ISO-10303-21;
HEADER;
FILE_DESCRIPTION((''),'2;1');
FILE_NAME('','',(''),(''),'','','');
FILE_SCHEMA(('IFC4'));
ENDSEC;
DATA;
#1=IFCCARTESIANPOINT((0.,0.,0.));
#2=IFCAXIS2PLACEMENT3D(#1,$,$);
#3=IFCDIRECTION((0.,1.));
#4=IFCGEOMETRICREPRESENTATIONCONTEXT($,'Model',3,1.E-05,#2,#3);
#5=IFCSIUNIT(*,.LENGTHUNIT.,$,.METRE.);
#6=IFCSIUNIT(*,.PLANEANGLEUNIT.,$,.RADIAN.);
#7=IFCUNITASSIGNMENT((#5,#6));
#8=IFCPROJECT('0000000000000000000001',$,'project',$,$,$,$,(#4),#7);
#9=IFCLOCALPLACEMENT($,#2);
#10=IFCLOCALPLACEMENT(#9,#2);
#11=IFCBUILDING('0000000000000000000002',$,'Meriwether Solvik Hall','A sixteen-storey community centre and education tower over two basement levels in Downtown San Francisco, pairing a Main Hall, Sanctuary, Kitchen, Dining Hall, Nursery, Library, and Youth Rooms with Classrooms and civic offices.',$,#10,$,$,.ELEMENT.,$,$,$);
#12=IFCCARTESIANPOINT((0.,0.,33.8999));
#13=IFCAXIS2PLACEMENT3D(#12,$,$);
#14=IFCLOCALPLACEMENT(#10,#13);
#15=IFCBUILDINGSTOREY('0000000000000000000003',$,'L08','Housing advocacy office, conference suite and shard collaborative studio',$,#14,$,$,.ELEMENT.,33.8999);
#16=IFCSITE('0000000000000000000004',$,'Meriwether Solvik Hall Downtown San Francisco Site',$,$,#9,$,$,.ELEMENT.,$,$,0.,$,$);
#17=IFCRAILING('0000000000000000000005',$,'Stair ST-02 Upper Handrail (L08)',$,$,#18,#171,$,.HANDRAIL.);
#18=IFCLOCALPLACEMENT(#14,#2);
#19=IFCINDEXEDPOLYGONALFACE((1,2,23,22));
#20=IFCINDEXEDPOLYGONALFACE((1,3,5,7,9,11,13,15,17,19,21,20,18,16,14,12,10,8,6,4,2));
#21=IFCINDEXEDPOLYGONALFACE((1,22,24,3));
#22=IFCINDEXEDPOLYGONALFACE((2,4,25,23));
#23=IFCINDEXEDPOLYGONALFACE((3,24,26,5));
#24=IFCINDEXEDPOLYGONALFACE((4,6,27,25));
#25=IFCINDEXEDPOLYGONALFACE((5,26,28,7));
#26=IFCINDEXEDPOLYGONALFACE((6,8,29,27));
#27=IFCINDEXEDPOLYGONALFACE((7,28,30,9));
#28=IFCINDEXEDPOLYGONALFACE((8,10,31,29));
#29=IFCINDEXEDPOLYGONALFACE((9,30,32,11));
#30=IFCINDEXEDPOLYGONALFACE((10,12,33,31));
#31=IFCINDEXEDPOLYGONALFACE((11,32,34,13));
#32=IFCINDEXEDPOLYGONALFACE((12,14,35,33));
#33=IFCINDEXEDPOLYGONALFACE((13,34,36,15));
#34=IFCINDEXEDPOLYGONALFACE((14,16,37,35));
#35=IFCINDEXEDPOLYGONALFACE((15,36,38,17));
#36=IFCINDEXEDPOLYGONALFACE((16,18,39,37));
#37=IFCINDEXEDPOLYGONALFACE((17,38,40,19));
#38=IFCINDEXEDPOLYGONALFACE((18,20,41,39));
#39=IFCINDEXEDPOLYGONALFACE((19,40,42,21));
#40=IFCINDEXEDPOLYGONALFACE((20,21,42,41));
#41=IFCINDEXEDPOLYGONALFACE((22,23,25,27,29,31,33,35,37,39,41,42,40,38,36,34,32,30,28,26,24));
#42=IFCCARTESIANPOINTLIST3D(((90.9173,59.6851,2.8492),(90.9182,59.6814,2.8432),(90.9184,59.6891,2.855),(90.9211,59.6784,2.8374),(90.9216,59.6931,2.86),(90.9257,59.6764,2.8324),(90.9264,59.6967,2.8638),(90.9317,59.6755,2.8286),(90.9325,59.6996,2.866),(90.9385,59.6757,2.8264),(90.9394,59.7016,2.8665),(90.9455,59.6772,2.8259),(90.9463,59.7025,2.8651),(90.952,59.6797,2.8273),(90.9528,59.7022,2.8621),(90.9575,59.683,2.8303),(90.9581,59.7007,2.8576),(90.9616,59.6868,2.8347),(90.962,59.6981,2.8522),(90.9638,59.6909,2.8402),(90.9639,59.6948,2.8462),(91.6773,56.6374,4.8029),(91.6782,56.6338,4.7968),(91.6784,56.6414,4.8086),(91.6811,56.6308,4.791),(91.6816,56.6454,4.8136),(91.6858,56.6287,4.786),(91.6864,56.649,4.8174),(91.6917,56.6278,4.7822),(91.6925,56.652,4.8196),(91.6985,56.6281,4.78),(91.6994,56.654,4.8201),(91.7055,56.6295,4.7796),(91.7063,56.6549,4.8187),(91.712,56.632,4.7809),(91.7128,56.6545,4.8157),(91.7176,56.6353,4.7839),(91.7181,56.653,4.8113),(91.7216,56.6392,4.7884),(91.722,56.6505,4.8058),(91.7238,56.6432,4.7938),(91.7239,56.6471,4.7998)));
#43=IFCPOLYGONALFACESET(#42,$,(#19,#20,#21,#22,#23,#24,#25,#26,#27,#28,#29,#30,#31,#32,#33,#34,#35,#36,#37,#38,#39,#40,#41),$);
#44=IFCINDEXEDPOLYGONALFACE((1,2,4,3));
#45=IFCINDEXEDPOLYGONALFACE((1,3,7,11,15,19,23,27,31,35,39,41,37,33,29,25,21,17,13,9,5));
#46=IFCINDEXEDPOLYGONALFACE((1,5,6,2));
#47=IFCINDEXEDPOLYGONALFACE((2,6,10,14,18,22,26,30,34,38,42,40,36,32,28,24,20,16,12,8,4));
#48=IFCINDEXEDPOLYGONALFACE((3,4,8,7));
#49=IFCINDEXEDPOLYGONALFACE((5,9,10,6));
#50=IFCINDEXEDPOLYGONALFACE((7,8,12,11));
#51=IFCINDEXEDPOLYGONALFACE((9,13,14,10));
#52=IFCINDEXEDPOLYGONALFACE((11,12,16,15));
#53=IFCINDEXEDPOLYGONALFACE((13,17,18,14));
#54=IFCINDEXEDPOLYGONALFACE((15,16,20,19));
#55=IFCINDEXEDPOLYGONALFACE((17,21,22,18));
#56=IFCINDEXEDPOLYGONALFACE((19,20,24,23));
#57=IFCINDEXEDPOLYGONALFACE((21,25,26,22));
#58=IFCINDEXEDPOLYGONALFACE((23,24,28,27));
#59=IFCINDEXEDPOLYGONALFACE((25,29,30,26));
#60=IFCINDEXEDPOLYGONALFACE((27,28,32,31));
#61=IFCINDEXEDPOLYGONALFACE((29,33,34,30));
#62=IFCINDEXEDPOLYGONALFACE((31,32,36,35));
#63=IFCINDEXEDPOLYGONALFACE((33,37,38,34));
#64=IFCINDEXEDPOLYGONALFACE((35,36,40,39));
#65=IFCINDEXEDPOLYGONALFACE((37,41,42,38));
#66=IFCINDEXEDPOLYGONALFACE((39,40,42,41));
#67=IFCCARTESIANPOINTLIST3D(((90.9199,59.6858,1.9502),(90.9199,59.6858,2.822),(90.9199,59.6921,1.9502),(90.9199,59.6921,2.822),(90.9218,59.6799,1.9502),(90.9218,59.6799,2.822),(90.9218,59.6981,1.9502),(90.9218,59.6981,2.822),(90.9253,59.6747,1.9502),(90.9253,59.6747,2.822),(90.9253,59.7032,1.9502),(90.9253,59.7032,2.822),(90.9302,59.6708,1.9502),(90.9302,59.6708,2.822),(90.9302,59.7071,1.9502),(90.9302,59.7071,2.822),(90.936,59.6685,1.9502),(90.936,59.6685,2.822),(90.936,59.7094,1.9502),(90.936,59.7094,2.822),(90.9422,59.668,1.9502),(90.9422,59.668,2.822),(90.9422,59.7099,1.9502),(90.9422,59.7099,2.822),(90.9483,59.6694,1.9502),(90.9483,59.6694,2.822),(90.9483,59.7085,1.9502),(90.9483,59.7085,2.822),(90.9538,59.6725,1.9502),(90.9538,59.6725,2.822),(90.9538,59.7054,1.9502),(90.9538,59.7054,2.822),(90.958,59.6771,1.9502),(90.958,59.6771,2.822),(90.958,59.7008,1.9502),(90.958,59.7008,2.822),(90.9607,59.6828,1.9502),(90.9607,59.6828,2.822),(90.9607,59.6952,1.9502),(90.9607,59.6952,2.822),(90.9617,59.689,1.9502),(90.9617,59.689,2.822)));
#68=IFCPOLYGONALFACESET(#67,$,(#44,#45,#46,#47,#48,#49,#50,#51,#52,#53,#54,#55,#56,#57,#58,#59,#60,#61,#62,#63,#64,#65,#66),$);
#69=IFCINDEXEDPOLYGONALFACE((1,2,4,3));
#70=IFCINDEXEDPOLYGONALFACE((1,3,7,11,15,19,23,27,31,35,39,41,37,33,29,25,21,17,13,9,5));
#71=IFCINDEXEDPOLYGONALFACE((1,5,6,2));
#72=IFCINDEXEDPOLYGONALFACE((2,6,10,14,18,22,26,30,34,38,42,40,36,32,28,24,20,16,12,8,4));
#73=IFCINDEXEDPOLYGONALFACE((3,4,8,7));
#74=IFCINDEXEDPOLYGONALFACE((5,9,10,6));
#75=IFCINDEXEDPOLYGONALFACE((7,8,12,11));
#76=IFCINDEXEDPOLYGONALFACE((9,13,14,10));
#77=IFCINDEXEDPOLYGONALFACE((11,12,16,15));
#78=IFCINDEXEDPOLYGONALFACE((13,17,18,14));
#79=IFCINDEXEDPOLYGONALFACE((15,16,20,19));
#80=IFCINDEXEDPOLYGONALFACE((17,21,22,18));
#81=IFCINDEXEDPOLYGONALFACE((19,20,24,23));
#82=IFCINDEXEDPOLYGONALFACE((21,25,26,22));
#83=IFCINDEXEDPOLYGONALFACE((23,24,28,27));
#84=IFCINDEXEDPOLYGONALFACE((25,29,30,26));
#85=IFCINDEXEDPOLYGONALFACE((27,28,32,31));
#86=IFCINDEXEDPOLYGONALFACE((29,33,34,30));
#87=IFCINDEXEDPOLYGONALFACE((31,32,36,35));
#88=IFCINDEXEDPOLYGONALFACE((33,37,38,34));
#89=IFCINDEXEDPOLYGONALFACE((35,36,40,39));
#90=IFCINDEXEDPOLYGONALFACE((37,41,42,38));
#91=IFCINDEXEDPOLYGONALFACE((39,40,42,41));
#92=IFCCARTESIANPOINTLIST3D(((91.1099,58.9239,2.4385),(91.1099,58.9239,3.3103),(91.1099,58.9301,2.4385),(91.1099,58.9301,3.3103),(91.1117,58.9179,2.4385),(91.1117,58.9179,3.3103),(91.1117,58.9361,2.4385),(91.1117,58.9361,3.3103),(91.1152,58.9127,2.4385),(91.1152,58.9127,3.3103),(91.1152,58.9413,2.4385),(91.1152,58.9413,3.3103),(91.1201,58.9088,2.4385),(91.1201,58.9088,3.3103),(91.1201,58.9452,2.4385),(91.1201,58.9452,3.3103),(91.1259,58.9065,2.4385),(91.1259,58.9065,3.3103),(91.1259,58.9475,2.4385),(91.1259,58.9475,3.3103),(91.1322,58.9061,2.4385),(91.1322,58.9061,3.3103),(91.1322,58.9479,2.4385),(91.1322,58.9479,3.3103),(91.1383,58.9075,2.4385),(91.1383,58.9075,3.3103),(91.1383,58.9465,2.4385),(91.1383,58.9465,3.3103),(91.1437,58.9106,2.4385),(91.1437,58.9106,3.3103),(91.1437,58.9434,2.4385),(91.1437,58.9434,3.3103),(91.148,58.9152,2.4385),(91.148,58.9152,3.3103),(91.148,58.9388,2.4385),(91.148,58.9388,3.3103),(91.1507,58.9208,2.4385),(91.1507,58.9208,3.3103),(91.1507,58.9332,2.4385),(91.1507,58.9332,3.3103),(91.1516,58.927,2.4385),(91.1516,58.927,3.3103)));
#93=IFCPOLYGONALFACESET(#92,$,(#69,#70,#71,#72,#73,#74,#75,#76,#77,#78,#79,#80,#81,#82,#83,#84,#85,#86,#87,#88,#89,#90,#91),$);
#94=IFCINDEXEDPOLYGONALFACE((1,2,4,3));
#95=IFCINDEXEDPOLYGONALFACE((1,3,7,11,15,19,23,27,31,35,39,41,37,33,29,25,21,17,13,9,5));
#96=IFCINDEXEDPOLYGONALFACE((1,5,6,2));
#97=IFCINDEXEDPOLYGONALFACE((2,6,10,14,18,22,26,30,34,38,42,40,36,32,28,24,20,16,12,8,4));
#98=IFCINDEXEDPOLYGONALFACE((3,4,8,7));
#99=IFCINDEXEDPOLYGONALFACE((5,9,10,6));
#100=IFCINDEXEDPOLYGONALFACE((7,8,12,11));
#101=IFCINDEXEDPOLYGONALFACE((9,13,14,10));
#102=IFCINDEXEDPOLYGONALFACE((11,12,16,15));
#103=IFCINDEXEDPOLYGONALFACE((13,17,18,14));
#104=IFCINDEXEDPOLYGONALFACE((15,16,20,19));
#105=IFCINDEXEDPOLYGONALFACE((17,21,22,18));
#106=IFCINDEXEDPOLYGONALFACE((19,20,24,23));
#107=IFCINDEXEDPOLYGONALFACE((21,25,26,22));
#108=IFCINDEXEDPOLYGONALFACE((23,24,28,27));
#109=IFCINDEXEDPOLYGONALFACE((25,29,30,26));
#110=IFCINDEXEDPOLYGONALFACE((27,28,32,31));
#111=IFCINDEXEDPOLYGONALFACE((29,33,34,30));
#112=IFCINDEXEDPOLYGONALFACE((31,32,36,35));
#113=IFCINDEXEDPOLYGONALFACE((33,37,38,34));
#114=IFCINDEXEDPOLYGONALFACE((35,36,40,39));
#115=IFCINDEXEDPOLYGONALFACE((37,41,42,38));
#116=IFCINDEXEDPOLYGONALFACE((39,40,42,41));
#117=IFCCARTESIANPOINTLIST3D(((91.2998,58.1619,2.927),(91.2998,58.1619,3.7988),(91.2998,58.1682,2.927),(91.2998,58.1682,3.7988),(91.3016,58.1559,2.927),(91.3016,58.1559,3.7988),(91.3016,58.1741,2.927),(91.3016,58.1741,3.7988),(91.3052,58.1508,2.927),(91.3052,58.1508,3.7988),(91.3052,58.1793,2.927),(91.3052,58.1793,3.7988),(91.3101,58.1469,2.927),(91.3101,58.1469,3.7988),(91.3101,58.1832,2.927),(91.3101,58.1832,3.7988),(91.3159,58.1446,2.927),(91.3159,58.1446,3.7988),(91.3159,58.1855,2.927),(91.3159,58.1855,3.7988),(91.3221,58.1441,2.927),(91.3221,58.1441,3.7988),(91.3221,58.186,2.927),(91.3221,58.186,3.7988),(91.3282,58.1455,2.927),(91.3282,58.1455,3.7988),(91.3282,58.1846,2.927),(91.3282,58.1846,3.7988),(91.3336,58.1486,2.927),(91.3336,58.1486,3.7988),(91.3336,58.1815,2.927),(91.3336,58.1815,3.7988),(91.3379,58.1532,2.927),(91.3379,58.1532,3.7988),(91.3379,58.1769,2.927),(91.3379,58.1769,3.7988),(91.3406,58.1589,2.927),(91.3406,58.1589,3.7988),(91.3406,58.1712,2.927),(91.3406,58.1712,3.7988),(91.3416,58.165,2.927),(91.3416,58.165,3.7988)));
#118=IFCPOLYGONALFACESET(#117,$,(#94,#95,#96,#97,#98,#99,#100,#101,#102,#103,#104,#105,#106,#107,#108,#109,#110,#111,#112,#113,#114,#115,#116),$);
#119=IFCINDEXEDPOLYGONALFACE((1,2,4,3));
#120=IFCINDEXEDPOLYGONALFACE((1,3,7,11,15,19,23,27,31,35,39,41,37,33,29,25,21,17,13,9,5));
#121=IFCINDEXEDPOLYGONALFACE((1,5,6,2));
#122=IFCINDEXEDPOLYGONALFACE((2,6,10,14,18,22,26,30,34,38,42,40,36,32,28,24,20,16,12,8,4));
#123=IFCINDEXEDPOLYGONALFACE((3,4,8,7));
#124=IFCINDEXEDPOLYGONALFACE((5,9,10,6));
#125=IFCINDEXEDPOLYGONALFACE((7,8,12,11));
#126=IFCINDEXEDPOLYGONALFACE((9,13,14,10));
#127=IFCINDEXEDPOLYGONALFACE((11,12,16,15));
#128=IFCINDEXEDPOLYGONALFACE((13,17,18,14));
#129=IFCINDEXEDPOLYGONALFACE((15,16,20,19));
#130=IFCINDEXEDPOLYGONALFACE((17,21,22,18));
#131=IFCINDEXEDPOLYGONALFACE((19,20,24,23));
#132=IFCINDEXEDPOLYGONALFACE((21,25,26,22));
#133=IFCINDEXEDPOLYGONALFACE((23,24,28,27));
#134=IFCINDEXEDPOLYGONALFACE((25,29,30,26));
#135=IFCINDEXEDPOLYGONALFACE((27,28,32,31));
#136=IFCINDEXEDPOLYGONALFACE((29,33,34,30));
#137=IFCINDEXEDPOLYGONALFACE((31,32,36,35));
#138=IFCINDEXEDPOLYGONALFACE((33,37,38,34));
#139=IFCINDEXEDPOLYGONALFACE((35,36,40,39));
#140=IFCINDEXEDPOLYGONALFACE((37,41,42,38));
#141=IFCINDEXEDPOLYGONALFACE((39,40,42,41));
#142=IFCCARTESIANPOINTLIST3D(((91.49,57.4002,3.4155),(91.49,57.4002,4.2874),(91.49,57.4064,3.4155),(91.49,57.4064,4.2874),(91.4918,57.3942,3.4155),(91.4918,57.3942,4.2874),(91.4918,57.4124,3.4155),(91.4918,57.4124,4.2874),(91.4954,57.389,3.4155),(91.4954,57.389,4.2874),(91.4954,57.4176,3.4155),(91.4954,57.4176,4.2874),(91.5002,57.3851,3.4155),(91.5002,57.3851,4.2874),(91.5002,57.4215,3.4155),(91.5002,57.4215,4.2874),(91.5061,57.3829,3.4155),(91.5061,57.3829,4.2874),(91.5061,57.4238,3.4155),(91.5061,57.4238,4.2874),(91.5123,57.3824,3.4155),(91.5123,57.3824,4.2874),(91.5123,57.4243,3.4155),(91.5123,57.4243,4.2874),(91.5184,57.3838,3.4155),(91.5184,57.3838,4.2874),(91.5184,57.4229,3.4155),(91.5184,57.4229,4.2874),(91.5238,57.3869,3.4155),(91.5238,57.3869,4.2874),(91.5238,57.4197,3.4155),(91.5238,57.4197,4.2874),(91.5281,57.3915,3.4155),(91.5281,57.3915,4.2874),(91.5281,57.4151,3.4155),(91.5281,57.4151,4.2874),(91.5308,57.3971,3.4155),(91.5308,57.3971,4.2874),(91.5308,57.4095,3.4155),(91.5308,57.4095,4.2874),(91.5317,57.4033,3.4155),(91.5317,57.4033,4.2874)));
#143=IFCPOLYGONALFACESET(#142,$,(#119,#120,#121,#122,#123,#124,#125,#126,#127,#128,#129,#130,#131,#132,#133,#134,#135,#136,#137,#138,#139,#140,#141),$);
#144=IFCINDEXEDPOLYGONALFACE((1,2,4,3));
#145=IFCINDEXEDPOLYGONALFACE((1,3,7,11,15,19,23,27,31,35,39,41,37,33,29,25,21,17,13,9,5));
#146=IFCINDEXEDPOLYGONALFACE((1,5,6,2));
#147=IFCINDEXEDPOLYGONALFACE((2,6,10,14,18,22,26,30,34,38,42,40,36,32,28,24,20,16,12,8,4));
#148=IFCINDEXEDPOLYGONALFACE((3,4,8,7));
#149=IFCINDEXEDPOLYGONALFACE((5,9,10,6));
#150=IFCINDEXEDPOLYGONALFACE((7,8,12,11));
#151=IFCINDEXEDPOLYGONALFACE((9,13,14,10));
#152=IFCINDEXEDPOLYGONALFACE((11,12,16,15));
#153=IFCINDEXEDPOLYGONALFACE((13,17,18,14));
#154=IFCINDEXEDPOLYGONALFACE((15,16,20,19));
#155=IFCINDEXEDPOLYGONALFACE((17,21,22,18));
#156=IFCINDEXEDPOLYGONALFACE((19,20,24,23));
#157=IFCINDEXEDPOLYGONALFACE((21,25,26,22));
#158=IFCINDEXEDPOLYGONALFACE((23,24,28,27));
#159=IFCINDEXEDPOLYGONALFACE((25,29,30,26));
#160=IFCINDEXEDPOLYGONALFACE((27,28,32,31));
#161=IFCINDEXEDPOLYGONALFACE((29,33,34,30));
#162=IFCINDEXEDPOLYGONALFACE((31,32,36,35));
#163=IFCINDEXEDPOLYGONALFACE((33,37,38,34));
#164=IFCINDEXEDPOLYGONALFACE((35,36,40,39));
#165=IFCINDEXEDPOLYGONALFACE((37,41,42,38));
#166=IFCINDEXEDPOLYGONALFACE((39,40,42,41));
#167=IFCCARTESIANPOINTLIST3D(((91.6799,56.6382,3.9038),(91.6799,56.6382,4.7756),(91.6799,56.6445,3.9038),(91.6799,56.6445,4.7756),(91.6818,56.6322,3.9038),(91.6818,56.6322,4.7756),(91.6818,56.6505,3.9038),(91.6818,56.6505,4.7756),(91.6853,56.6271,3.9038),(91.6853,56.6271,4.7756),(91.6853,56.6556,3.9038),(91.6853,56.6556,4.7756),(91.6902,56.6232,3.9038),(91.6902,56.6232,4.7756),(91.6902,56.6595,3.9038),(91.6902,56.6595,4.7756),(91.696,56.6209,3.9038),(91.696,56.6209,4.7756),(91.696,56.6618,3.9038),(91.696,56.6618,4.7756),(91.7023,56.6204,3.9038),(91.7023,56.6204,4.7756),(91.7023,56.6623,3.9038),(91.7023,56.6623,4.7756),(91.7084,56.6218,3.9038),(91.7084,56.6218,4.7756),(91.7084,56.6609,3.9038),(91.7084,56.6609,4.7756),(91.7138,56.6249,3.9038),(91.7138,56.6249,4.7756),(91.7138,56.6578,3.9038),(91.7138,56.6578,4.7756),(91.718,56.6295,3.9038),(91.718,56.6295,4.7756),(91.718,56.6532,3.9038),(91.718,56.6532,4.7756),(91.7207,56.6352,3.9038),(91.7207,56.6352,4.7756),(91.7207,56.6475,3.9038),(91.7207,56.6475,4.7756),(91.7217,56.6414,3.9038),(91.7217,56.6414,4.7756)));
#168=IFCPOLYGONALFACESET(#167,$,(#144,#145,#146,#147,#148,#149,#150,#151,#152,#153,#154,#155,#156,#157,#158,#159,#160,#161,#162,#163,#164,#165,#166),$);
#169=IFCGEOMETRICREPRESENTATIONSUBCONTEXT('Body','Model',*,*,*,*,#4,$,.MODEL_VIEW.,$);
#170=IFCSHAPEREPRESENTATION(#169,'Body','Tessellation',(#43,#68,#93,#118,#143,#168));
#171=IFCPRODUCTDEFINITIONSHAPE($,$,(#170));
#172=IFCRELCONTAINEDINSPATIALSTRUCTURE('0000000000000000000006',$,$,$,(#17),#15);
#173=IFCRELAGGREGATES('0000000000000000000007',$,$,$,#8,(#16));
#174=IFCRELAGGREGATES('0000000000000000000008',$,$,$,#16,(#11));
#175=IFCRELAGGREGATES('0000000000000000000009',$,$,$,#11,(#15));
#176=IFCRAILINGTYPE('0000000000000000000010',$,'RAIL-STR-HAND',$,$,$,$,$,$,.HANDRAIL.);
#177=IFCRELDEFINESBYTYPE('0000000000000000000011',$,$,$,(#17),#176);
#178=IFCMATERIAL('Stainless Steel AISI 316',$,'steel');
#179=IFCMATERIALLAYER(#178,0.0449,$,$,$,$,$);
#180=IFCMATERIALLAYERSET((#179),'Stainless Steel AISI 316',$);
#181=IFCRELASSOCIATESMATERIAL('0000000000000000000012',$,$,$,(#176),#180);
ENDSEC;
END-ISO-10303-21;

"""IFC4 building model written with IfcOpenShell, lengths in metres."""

from ifc_helpers import new_model, si_unit, direction, frame, origin, origin_2d, place, context, subcontext, project, spatial, circle, extrude, material, layer, layer_set, type_object, element, save


model = new_model("IFC4")

# Units and contexts
model_context = context("Model", 3, precision=1e-05, world=origin(), true_north=direction((0.0, 1.0)))
body_context = subcontext(model_context, "Body", "Model", "MODEL_VIEW")
ifc_project = project(units=[si_unit("LENGTHUNIT", "METRE"), si_unit("PLANEANGLEUNIT", "RADIAN")], contexts=[model_context])

# Site, building, storey
site_placement = place(None, origin())
site = spatial("IfcSite", under=ifc_project, at=site_placement, Name="Meriwether Solvik Hall Downtown San Francisco Site", CompositionType="ELEMENT", RefElevation=0.0)
building_placement = place(site_placement, origin())
building = spatial("IfcBuilding", under=site, at=building_placement, Name="Meriwether Solvik Hall", Description="A sixteen-storey community centre and education tower over two basement levels in Downtown San Francisco, pairing a Main Hall, Sanctuary, Kitchen, Dining Hall, Nursery, Library, and Youth Rooms with Classrooms and civic offices.", CompositionType="ELEMENT")
storey_placement = place(building_placement, frame((0.0, 0.0, 33.8999)))
storey = spatial("IfcBuildingStorey", under=building, at=storey_placement, Name="L08", Description="Housing advocacy office, conference suite and shard collaborative studio", CompositionType="ELEMENT", Elevation=33.8999)

# Railing
ifc_material_1 = material(Name="Stainless Steel AISI 316", Category="steel")
ifc_layer_1 = layer(ifc_material_1, 0.0449)
ifc_layer_set_1 = layer_set([ifc_layer_1], Name="Stainless Steel AISI 316")
railing_type_1 = type_object("IfcRailingType", Name="RAIL-STR-HAND", PredefinedType="HANDRAIL", material=ifc_layer_set_1)
railing_1_placement = place(storey_placement, frame((90.9407, 59.689, 1.9502)))
element("IfcRailing", 1, at=railing_1_placement, inside=storey, type_object=railing_type_1, Name="Stair ST-02 Upper Handrail (L08)", PredefinedType="HANDRAIL", context=body_context, shape_type="SweptSolid", body=[
    extrude(circle(Radius=0.0239, at=origin_2d()), frame((0.0, 0.0, 0.896), z_axis=(0.205467, -0.823915, 0.528155), x_axis=(0.970284, 0.241969, 0.0)), (0.0, 0.0, 1.0), 3.699),
    extrude(circle(Radius=0.021, at=origin_2d()), origin(), (0.0, 0.0, 1.0), 0.8718),
    extrude(circle(Radius=0.021, at=origin_2d()), frame((0.1899, -0.762, 0.4883)), (0.0, 0.0, 1.0), 0.8718),
    extrude(circle(Radius=0.021, at=origin_2d()), frame((0.3799, -1.5239, 0.9768)), (0.0, 0.0, 1.0), 0.8718),
    extrude(circle(Radius=0.021, at=origin_2d()), frame((0.5701, -2.2856, 1.4653)), (0.0, 0.0, 1.0), 0.8718),
    extrude(circle(Radius=0.021, at=origin_2d()), frame((0.76, -3.0476, 1.9536)), (0.0, 0.0, 1.0), 0.8718),
])

save(model, "model.ifc")
